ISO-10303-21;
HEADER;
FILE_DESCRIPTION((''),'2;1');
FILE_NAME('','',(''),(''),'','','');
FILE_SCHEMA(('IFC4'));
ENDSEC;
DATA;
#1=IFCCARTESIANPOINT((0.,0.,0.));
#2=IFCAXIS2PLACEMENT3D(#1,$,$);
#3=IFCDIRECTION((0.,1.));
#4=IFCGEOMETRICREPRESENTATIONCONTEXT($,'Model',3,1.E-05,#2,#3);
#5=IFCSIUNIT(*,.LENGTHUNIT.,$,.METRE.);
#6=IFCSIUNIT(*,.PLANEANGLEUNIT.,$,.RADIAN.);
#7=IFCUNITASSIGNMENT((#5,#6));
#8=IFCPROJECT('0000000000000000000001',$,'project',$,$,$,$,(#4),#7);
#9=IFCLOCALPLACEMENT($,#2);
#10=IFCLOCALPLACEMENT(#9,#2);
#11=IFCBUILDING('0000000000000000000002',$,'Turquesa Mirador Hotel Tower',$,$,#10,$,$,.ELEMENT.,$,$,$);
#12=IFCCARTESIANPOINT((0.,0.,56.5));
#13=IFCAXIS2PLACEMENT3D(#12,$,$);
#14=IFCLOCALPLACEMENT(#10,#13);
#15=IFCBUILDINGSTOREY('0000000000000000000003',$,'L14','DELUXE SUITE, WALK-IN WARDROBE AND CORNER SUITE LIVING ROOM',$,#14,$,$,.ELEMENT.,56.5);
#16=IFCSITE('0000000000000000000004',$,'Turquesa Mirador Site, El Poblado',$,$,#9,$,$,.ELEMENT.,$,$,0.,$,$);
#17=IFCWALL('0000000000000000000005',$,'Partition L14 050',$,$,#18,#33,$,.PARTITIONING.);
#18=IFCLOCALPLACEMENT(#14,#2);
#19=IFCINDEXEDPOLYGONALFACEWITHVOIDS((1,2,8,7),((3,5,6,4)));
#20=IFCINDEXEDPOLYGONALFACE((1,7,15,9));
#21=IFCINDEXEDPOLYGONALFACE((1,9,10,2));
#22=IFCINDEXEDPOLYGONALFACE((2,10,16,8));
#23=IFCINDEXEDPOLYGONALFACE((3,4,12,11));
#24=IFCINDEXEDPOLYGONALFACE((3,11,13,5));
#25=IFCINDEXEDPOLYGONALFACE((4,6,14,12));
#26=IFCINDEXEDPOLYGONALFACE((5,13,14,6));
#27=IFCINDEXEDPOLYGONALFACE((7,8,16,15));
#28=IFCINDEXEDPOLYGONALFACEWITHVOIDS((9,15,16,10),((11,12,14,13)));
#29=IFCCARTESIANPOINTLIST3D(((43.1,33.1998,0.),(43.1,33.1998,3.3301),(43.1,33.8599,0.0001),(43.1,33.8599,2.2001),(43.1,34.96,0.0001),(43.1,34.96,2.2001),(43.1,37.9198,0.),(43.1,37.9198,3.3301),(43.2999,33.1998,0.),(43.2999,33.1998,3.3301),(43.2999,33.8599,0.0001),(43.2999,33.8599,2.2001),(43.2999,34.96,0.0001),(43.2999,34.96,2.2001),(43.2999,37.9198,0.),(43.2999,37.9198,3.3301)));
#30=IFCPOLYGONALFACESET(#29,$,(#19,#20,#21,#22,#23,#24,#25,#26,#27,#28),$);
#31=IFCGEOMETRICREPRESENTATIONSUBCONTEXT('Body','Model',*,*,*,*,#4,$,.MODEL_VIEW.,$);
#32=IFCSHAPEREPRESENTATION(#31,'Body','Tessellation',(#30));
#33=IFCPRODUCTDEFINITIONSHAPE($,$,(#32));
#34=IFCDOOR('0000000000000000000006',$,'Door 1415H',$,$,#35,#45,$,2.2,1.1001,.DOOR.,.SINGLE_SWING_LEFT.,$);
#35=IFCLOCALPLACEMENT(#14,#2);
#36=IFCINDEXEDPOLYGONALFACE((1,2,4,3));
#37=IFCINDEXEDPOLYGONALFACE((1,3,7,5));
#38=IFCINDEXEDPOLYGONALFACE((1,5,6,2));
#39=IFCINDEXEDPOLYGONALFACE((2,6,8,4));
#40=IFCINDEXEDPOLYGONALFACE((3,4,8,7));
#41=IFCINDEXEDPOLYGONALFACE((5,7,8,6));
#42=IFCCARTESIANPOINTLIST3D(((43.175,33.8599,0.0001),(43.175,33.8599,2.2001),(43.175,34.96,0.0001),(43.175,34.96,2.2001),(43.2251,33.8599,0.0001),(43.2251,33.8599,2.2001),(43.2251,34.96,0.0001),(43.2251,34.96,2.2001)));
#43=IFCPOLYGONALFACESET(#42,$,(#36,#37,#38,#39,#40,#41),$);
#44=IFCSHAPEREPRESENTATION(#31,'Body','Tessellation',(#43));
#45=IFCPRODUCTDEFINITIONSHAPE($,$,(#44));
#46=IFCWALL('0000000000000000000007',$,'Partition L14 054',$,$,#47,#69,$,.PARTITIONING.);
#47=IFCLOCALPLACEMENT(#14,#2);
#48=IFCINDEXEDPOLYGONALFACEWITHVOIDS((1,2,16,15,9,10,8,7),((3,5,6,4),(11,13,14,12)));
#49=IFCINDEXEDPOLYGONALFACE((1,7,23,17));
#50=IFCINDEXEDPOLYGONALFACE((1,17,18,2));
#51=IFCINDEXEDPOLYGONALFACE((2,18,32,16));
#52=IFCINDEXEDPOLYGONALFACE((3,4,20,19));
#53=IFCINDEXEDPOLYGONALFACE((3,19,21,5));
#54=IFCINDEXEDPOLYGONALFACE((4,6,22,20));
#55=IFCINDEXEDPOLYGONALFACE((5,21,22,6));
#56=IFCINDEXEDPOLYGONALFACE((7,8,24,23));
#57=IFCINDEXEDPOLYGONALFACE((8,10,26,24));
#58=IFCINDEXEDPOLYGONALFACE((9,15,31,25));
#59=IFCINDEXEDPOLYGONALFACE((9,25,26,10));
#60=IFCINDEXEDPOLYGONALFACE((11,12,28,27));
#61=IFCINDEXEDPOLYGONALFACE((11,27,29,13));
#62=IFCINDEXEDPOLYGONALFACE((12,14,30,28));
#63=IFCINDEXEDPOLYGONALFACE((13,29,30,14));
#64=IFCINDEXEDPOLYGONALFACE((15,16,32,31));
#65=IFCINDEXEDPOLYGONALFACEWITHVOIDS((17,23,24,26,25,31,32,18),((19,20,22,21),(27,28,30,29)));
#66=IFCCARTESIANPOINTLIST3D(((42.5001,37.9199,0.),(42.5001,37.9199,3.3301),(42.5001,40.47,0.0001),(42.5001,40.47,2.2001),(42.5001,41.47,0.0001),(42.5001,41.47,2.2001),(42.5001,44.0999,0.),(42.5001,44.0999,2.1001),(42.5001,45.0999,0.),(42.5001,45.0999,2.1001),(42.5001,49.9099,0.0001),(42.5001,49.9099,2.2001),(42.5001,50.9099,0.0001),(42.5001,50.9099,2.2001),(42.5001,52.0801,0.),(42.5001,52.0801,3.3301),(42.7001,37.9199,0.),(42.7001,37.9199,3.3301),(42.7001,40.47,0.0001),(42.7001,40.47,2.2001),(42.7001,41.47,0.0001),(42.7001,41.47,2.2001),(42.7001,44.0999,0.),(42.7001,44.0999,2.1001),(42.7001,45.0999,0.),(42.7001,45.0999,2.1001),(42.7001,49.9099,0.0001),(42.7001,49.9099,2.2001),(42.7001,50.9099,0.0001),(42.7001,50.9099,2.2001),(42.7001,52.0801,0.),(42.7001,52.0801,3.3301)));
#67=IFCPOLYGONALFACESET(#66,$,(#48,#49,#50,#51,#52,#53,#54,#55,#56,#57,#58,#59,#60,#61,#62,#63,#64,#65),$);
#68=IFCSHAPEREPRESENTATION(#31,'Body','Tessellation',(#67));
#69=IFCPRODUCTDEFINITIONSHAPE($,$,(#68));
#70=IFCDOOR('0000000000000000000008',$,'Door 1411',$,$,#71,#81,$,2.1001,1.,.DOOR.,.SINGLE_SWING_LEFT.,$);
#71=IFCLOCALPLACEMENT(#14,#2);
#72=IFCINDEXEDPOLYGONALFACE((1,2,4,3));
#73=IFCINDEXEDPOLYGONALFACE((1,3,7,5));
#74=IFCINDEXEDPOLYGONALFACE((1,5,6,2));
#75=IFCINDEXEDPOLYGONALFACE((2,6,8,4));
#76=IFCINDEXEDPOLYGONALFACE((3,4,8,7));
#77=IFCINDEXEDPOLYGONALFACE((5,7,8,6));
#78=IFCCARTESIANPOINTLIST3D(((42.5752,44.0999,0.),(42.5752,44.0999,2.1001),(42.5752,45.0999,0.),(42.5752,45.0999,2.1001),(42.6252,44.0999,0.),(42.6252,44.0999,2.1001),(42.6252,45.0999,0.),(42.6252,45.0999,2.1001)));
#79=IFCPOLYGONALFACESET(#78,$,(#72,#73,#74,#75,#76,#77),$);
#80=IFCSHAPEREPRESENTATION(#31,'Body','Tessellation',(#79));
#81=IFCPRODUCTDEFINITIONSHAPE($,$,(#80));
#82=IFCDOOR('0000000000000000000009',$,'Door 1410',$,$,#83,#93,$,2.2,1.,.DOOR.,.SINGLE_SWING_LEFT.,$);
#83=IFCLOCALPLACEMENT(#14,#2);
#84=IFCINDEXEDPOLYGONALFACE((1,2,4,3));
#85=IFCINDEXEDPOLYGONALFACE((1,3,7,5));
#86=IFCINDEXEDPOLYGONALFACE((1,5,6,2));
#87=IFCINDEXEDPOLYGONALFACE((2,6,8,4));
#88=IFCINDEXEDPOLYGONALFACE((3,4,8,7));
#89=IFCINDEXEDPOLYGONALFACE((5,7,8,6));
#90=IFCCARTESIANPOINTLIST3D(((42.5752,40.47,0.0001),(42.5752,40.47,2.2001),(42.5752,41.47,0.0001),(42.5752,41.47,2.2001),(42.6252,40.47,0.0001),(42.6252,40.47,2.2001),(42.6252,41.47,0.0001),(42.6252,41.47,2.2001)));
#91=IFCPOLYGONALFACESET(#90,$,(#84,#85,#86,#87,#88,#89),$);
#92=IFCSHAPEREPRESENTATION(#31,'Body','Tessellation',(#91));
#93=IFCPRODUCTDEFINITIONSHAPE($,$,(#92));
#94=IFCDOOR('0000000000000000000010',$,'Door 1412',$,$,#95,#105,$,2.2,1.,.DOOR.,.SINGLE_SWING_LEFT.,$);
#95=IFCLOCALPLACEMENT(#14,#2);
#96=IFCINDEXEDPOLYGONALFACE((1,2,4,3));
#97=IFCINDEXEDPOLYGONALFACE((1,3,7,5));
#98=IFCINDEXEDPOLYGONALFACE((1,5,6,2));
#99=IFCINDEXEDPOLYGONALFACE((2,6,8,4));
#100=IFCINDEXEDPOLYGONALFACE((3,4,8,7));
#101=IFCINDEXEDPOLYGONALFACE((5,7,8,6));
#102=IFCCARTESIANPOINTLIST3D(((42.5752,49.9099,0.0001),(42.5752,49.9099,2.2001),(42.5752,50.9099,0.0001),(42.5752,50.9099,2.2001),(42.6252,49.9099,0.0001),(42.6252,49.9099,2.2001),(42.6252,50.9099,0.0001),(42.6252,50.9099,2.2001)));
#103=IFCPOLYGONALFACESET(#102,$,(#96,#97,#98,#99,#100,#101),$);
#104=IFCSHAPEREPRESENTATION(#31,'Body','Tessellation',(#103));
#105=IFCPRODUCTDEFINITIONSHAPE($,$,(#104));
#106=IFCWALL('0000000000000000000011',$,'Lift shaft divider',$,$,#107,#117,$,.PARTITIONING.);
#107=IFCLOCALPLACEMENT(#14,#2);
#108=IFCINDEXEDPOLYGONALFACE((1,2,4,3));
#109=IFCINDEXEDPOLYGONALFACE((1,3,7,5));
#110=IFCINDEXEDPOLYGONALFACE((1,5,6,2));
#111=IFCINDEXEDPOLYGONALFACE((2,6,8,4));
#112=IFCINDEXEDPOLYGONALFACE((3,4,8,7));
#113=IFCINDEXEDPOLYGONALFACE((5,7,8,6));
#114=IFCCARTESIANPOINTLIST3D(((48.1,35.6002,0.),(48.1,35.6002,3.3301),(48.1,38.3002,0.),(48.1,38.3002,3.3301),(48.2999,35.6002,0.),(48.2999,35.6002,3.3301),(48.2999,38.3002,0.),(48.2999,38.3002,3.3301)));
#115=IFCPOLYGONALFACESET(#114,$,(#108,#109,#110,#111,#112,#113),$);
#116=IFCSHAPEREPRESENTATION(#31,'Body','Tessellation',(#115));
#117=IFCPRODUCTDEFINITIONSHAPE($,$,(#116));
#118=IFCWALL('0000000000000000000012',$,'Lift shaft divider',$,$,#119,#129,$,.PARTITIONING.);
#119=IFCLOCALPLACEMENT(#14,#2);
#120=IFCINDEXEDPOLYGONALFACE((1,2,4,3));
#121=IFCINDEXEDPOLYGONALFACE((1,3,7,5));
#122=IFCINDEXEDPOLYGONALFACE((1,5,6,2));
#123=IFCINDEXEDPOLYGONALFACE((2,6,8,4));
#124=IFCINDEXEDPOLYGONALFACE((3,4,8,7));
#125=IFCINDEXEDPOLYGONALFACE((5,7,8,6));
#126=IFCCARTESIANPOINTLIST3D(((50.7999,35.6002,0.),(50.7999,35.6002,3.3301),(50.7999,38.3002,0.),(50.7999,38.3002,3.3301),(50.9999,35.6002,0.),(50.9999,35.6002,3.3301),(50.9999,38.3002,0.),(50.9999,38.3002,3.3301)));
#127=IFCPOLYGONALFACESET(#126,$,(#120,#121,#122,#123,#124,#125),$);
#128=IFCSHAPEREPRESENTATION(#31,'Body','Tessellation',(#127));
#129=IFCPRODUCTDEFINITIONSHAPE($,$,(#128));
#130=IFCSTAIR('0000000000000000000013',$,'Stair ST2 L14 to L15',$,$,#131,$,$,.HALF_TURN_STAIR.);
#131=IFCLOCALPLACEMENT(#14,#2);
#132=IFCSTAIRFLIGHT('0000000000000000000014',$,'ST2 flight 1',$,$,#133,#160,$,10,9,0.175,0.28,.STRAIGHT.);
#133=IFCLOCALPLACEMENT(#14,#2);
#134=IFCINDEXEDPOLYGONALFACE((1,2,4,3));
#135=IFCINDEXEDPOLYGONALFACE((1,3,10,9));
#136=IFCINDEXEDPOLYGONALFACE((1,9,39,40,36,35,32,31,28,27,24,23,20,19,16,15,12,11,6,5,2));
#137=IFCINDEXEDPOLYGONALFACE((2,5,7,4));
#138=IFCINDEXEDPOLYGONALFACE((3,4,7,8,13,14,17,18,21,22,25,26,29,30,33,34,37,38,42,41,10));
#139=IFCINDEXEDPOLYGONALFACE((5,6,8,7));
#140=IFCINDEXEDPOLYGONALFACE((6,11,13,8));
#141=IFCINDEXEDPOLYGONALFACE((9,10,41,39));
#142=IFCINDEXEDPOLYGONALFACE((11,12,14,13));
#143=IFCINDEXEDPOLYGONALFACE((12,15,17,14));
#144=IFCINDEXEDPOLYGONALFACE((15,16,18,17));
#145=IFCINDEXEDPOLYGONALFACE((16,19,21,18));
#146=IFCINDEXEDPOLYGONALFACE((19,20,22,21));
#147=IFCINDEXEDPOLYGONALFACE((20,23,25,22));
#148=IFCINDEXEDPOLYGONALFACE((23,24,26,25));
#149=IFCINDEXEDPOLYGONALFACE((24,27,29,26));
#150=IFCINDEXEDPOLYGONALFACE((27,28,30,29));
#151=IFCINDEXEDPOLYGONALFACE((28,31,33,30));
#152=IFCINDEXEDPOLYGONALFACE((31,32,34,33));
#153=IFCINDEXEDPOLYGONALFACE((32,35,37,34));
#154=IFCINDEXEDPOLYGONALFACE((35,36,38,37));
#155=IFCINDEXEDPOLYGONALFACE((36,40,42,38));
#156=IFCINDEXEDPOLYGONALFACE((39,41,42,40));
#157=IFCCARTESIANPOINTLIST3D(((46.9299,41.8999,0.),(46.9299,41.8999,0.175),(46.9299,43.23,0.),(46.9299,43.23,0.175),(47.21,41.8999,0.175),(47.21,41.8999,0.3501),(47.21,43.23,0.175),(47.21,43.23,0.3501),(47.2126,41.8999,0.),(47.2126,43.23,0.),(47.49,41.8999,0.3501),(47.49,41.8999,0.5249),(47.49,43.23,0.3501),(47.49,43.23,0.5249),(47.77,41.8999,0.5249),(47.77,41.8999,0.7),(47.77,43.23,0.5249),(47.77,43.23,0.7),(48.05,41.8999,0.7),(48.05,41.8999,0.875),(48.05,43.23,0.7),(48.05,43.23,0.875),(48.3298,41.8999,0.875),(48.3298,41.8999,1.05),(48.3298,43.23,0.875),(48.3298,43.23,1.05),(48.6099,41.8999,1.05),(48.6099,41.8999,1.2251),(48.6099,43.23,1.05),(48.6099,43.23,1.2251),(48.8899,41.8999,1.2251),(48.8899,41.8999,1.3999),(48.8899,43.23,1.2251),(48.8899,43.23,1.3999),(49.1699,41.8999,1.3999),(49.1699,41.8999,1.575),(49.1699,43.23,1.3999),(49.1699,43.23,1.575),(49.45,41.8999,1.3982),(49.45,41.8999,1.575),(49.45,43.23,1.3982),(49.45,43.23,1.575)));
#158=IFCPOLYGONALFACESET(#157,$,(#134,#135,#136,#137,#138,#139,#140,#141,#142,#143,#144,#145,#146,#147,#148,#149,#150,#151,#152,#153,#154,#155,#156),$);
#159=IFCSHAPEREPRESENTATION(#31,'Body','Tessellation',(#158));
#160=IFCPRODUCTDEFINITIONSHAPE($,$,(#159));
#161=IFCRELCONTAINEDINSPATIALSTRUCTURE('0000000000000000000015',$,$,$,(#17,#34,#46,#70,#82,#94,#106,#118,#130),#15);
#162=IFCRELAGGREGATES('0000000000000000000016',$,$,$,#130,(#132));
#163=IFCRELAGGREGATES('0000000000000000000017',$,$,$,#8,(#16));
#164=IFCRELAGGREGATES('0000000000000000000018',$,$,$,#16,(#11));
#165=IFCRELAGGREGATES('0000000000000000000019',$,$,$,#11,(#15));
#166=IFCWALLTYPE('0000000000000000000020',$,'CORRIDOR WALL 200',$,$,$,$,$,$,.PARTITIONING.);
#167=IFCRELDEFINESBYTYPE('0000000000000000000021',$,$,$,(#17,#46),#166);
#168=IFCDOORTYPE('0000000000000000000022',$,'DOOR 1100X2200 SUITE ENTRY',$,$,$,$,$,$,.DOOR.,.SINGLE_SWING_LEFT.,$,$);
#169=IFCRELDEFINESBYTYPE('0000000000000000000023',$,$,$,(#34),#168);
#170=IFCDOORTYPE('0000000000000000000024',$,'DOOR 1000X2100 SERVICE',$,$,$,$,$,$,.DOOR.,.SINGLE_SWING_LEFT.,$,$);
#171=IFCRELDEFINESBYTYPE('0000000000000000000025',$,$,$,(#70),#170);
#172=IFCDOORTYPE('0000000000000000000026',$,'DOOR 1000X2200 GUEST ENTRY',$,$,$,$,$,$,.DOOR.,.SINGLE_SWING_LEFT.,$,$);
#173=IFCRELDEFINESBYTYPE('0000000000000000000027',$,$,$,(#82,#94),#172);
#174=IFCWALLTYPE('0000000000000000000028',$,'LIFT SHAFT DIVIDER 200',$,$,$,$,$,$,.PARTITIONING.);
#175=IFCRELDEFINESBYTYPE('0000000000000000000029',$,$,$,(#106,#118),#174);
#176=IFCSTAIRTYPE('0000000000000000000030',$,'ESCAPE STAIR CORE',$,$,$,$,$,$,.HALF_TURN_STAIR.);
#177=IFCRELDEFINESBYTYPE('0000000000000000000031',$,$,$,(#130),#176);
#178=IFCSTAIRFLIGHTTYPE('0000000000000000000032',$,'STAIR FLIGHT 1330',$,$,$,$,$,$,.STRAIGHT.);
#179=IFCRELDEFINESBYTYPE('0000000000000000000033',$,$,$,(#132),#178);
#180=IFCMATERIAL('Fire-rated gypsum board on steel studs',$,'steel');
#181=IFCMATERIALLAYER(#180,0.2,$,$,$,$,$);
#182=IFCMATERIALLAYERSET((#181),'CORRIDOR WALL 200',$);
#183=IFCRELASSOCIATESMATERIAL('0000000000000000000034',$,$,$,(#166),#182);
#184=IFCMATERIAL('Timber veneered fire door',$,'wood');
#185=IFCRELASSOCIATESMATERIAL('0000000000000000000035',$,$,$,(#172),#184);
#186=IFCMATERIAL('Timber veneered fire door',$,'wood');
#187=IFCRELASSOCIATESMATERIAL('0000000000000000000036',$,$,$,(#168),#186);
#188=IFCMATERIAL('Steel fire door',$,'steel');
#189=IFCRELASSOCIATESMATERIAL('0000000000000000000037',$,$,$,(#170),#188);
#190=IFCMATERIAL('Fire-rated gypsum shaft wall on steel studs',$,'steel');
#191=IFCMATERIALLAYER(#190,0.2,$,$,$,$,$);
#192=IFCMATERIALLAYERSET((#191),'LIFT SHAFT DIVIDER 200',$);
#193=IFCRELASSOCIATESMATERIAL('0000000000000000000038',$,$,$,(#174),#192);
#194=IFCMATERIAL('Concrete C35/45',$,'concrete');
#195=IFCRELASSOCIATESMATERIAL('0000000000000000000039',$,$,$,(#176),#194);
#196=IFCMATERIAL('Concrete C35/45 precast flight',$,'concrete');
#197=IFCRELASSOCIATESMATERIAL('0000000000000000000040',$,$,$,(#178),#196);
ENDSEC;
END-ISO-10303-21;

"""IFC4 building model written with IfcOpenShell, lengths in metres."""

from ifc_helpers import new_model, si_unit, direction, frame, frame_2d, origin, place, context, subcontext, project, spatial, polyline, rectangle, outline, extrude, material, layer, layer_set, type_object, element, fill, aggregate, save


model = new_model("IFC4")

# Units and contexts
model_context = context("Model", 3, precision=1e-05, world=origin(), true_north=direction((0.0, 1.0)))
body_context = subcontext(model_context, "Body", "Model", "MODEL_VIEW")
ifc_project = project(units=[si_unit("LENGTHUNIT", "METRE"), si_unit("PLANEANGLEUNIT", "RADIAN")], contexts=[model_context])

# Site, building, storey
site_placement = place(None, origin())
site = spatial("IfcSite", under=ifc_project, at=site_placement, Name="Turquesa Mirador Site, El Poblado", CompositionType="ELEMENT", RefElevation=0.0)
building_placement = place(site_placement, origin())
building = spatial("IfcBuilding", under=site, at=building_placement, Name="Turquesa Mirador Hotel Tower", CompositionType="ELEMENT")
storey_placement = place(building_placement, frame((0.0, 0.0, 56.5)))
storey = spatial("IfcBuildingStorey", under=building, at=storey_placement, Name="L14", Description="DELUXE SUITE, WALK-IN WARDROBE AND CORNER SUITE LIVING ROOM", CompositionType="ELEMENT", Elevation=56.5)

# Shared definitions
ifc_material_1 = material(Name="Fire-rated gypsum board on steel studs", Category="steel")
ifc_layer_1 = layer(ifc_material_1, 0.2)
ifc_layer_set_1 = layer_set([ifc_layer_1], Name="CORRIDOR WALL 200")
wall_type_1 = type_object("IfcWallType", Name="CORRIDOR WALL 200", PredefinedType="PARTITIONING", material=ifc_layer_set_1)
ifc_material_2 = material(Name="Timber veneered fire door", Category="wood")
door_type_1 = type_object("IfcDoorType", Name="DOOR 1000X2200 GUEST ENTRY", OperationType="SINGLE_SWING_LEFT", PredefinedType="DOOR", material=ifc_material_2)

# Wall, opening, door
wall_1_placement = place(storey_placement, frame((43.2, 33.2, 0.0), z_axis=(0.0, 0.0, 1.0), x_axis=(0.0, 1.0, 0.0)))
wall_1 = element("IfcWall", 1, at=wall_1_placement, inside=storey, type_object=wall_type_1, Name="Partition L14 050", PredefinedType="PARTITIONING", context=body_context, shape_type="SweptSolid", body=[
    extrude(rectangle(XDim=4.72, YDim=0.2, at=frame_2d((2.3599, 0.0))), origin(), (0.0, 0.0, 1.0), 3.3301),
])
opening_1_placement = place(wall_1_placement, frame((0.6599, 0.0, 0.0)))
opening_1 = element("IfcOpeningElement", 2, at=opening_1_placement, cuts=wall_1, PredefinedType="OPENING", context=body_context, shape_type="SweptSolid", body=[
    extrude(rectangle(XDim=1.1001, YDim=2.2, at=frame_2d((0.55, 1.1001))), frame((0.0, 0.1099, 0.0), z_axis=(0.0, -1.0, 0.0), x_axis=(1.0, 0.0, 0.0)), (0.0, 0.0, 1.0), 0.22),
])
ifc_material_3 = material(Name="Timber veneered fire door", Category="wood")
door_type_2 = type_object("IfcDoorType", Name="DOOR 1100X2200 SUITE ENTRY", OperationType="SINGLE_SWING_LEFT", PredefinedType="DOOR", material=ifc_material_3)
door_1_placement = place(opening_1_placement, origin())
door_1 = element("IfcDoor", 3, at=door_1_placement, inside=storey, type_object=door_type_2, Name="Door 1415H", OperationType="SINGLE_SWING_LEFT", OverallHeight=2.2, OverallWidth=1.1001, PredefinedType="DOOR", context=body_context, shape_type="SweptSolid", body=[
    extrude(rectangle(XDim=1.1001, YDim=2.2, at=frame_2d((0.55, 1.1001))), frame((0.0, 0.0249, 0.0), z_axis=(0.0, -1.0, 0.0), x_axis=(1.0, 0.0, 0.0)), (0.0, 0.0, 1.0), 0.05),
])
fill(opening_1, door_1)

# Wall, openings, doors
wall_2_placement = place(storey_placement, frame((42.6001, 37.9199, 0.0), z_axis=(0.0, 0.0, 1.0), x_axis=(0.0, 1.0, 0.0)))
wall_2 = element("IfcWall", 4, at=wall_2_placement, inside=storey, type_object=wall_type_1, Name="Partition L14 054", PredefinedType="PARTITIONING", context=body_context, shape_type="SweptSolid", body=[
    extrude(rectangle(XDim=14.1602, YDim=0.2, at=frame_2d((7.0801, 0.0))), origin(), (0.0, 0.0, 1.0), 3.3301),
])
opening_2_placement = place(wall_2_placement, frame((2.55, 0.0, 0.0)))
opening_2 = element("IfcOpeningElement", 5, at=opening_2_placement, cuts=wall_2, PredefinedType="OPENING", context=body_context, shape_type="SweptSolid", body=[
    extrude(rectangle(XDim=1.0, YDim=2.2, at=frame_2d((0.5, 1.1001))), frame((0.0, 0.1099, 0.0), z_axis=(0.0, -1.0, 0.0), x_axis=(1.0, 0.0, 0.0)), (0.0, 0.0, 1.0), 0.22),
])
opening_3_placement = place(wall_2_placement, frame((6.1799, 0.0, 0.0)))
opening_3 = element("IfcOpeningElement", 6, at=opening_3_placement, cuts=wall_2, PredefinedType="OPENING", context=body_context, shape_type="SweptSolid", body=[
    extrude(rectangle(XDim=1.0, YDim=2.1001, at=frame_2d((0.5, 1.05))), frame((0.0, 0.1099, 0.0), z_axis=(0.0, -1.0, 0.0), x_axis=(1.0, 0.0, 0.0)), (0.0, 0.0, 1.0), 0.22),
])
opening_4_placement = place(wall_2_placement, frame((11.99, 0.0, 0.0)))
opening_4 = element("IfcOpeningElement", 7, at=opening_4_placement, cuts=wall_2, PredefinedType="OPENING", context=body_context, shape_type="SweptSolid", body=[
    extrude(rectangle(XDim=1.0, YDim=2.2, at=frame_2d((0.5, 1.1001))), frame((0.0, 0.1099, 0.0), z_axis=(0.0, -1.0, 0.0), x_axis=(1.0, 0.0, 0.0)), (0.0, 0.0, 1.0), 0.22),
])
ifc_material_4 = material(Name="Steel fire door", Category="steel")
door_type_3 = type_object("IfcDoorType", Name="DOOR 1000X2100 SERVICE", OperationType="SINGLE_SWING_LEFT", PredefinedType="DOOR", material=ifc_material_4)
door_2_placement = place(opening_3_placement, origin())
door_2 = element("IfcDoor", 8, at=door_2_placement, inside=storey, type_object=door_type_3, Name="Door 1411", OperationType="SINGLE_SWING_LEFT", OverallHeight=2.1001, OverallWidth=1.0, PredefinedType="DOOR", context=body_context, shape_type="SweptSolid", body=[
    extrude(rectangle(XDim=1.0, YDim=2.1001, at=frame_2d((0.5, 1.05))), frame((0.0, 0.0249, 0.0), z_axis=(0.0, -1.0, 0.0), x_axis=(1.0, 0.0, 0.0)), (0.0, 0.0, 1.0), 0.05),
])
fill(opening_3, door_2)
door_3_placement = place(opening_2_placement, origin())
door_3 = element("IfcDoor", 9, at=door_3_placement, inside=storey, type_object=door_type_1, Name="Door 1410", OperationType="SINGLE_SWING_LEFT", OverallHeight=2.2, OverallWidth=1.0, PredefinedType="DOOR", context=body_context, shape_type="SweptSolid", body=[
    extrude(rectangle(XDim=1.0, YDim=2.2, at=frame_2d((0.5, 1.1001))), frame((0.0, 0.0249, 0.0), z_axis=(0.0, -1.0, 0.0), x_axis=(1.0, 0.0, 0.0)), (0.0, 0.0, 1.0), 0.05),
])
fill(opening_2, door_3)
door_4_placement = place(opening_4_placement, origin())
door_4 = element("IfcDoor", 10, at=door_4_placement, inside=storey, type_object=door_type_1, Name="Door 1412", OperationType="SINGLE_SWING_LEFT", OverallHeight=2.2, OverallWidth=1.0, PredefinedType="DOOR", context=body_context, shape_type="SweptSolid", body=[
    extrude(rectangle(XDim=1.0, YDim=2.2, at=frame_2d((0.5, 1.1001))), frame((0.0, 0.0249, 0.0), z_axis=(0.0, -1.0, 0.0), x_axis=(1.0, 0.0, 0.0)), (0.0, 0.0, 1.0), 0.05),
])
fill(opening_4, door_4)

# Walls
ifc_material_5 = material(Name="Fire-rated gypsum shaft wall on steel studs", Category="steel")
ifc_layer_2 = layer(ifc_material_5, 0.2)
ifc_layer_set_2 = layer_set([ifc_layer_2], Name="LIFT SHAFT DIVIDER 200")
wall_type_2 = type_object("IfcWallType", Name="LIFT SHAFT DIVIDER 200", PredefinedType="PARTITIONING", material=ifc_layer_set_2)
for number, where, z_axis, x_axis, name in (
    (11, (48.2, 35.6001, 0.0), (0.0, 0.0, 1.0), (0.0, 1.0, 0.0), "Lift shaft divider"),
    (12, (50.8999, 35.6001, 0.0), (0.0, 0.0, 1.0), (0.0, 1.0, 0.0), "Lift shaft divider"),
):
    element("IfcWall", number, at=place(storey_placement, frame(where, z_axis=z_axis, x_axis=x_axis)), inside=storey, type_object=wall_type_2, Name=name, PredefinedType="PARTITIONING", context=body_context, shape_type="SweptSolid", body=[
        extrude(rectangle(XDim=2.7, YDim=0.2, at=frame_2d((1.3501, 0.0))), origin(), (0.0, 0.0, 1.0), 3.3301),
    ])

# Stair, stair flight
ifc_material_6 = material(Name="Concrete C35/45", Category="concrete")
stair_type = type_object("IfcStairType", Name="ESCAPE STAIR CORE", PredefinedType="HALF_TURN_STAIR", material=ifc_material_6)
stair_placement = place(storey_placement, origin())
stair = element("IfcStair", 13, at=stair_placement, inside=storey, type_object=stair_type, Name="Stair ST2 L14 to L15", PredefinedType="HALF_TURN_STAIR")
ifc_material_7 = material(Name="Concrete C35/45 precast flight", Category="concrete")
stair_flight_type = type_object("IfcStairFlightType", Name="STAIR FLIGHT 1330", PredefinedType="STRAIGHT", material=ifc_material_7)
stair_flight_placement = place(storey_placement, frame((46.9299, 42.5649, 0.0), z_axis=(0.0, 0.0, 1.0), x_axis=(1.0, 0.0, 0.0)))
stair_flight = element("IfcStairFlight", 14, at=stair_flight_placement, type_object=stair_flight_type, Name="ST2 flight 1", NumberOfRisers=10, NumberOfTreads=9, PredefinedType="STRAIGHT", RiserHeight=0.175, TreadLength=0.28, context=body_context, shape_type="SweptSolid", body=[
    extrude(outline(polyline([(0.0, 0.0), (0.0, 0.175), (0.28, 0.175), (0.28, 0.3501), (0.5601, 0.3501), (0.5601, 0.5249), (0.8401, 0.5249), (0.8401, 0.7), (1.1201, 0.7), (1.1201, 0.875), (1.3999, 0.875), (1.3999, 1.05), (1.6799, 1.05), (1.6799, 1.2251), (1.96, 1.2251), (1.96, 1.3999), (2.24, 1.3999), (2.24, 1.575), (2.52, 1.575), (2.52, 1.75), (2.52, 1.3982), (0.2827, 0.0), (0.0, 0.0)])), frame((0.0, 0.665, 0.0), z_axis=(0.0, -1.0, 0.0), x_axis=(1.0, 0.0, 0.0)), (0.0, 0.0, 1.0), 1.3301),
])
aggregate(stair, [stair_flight])

save(model, "model.ifc")
